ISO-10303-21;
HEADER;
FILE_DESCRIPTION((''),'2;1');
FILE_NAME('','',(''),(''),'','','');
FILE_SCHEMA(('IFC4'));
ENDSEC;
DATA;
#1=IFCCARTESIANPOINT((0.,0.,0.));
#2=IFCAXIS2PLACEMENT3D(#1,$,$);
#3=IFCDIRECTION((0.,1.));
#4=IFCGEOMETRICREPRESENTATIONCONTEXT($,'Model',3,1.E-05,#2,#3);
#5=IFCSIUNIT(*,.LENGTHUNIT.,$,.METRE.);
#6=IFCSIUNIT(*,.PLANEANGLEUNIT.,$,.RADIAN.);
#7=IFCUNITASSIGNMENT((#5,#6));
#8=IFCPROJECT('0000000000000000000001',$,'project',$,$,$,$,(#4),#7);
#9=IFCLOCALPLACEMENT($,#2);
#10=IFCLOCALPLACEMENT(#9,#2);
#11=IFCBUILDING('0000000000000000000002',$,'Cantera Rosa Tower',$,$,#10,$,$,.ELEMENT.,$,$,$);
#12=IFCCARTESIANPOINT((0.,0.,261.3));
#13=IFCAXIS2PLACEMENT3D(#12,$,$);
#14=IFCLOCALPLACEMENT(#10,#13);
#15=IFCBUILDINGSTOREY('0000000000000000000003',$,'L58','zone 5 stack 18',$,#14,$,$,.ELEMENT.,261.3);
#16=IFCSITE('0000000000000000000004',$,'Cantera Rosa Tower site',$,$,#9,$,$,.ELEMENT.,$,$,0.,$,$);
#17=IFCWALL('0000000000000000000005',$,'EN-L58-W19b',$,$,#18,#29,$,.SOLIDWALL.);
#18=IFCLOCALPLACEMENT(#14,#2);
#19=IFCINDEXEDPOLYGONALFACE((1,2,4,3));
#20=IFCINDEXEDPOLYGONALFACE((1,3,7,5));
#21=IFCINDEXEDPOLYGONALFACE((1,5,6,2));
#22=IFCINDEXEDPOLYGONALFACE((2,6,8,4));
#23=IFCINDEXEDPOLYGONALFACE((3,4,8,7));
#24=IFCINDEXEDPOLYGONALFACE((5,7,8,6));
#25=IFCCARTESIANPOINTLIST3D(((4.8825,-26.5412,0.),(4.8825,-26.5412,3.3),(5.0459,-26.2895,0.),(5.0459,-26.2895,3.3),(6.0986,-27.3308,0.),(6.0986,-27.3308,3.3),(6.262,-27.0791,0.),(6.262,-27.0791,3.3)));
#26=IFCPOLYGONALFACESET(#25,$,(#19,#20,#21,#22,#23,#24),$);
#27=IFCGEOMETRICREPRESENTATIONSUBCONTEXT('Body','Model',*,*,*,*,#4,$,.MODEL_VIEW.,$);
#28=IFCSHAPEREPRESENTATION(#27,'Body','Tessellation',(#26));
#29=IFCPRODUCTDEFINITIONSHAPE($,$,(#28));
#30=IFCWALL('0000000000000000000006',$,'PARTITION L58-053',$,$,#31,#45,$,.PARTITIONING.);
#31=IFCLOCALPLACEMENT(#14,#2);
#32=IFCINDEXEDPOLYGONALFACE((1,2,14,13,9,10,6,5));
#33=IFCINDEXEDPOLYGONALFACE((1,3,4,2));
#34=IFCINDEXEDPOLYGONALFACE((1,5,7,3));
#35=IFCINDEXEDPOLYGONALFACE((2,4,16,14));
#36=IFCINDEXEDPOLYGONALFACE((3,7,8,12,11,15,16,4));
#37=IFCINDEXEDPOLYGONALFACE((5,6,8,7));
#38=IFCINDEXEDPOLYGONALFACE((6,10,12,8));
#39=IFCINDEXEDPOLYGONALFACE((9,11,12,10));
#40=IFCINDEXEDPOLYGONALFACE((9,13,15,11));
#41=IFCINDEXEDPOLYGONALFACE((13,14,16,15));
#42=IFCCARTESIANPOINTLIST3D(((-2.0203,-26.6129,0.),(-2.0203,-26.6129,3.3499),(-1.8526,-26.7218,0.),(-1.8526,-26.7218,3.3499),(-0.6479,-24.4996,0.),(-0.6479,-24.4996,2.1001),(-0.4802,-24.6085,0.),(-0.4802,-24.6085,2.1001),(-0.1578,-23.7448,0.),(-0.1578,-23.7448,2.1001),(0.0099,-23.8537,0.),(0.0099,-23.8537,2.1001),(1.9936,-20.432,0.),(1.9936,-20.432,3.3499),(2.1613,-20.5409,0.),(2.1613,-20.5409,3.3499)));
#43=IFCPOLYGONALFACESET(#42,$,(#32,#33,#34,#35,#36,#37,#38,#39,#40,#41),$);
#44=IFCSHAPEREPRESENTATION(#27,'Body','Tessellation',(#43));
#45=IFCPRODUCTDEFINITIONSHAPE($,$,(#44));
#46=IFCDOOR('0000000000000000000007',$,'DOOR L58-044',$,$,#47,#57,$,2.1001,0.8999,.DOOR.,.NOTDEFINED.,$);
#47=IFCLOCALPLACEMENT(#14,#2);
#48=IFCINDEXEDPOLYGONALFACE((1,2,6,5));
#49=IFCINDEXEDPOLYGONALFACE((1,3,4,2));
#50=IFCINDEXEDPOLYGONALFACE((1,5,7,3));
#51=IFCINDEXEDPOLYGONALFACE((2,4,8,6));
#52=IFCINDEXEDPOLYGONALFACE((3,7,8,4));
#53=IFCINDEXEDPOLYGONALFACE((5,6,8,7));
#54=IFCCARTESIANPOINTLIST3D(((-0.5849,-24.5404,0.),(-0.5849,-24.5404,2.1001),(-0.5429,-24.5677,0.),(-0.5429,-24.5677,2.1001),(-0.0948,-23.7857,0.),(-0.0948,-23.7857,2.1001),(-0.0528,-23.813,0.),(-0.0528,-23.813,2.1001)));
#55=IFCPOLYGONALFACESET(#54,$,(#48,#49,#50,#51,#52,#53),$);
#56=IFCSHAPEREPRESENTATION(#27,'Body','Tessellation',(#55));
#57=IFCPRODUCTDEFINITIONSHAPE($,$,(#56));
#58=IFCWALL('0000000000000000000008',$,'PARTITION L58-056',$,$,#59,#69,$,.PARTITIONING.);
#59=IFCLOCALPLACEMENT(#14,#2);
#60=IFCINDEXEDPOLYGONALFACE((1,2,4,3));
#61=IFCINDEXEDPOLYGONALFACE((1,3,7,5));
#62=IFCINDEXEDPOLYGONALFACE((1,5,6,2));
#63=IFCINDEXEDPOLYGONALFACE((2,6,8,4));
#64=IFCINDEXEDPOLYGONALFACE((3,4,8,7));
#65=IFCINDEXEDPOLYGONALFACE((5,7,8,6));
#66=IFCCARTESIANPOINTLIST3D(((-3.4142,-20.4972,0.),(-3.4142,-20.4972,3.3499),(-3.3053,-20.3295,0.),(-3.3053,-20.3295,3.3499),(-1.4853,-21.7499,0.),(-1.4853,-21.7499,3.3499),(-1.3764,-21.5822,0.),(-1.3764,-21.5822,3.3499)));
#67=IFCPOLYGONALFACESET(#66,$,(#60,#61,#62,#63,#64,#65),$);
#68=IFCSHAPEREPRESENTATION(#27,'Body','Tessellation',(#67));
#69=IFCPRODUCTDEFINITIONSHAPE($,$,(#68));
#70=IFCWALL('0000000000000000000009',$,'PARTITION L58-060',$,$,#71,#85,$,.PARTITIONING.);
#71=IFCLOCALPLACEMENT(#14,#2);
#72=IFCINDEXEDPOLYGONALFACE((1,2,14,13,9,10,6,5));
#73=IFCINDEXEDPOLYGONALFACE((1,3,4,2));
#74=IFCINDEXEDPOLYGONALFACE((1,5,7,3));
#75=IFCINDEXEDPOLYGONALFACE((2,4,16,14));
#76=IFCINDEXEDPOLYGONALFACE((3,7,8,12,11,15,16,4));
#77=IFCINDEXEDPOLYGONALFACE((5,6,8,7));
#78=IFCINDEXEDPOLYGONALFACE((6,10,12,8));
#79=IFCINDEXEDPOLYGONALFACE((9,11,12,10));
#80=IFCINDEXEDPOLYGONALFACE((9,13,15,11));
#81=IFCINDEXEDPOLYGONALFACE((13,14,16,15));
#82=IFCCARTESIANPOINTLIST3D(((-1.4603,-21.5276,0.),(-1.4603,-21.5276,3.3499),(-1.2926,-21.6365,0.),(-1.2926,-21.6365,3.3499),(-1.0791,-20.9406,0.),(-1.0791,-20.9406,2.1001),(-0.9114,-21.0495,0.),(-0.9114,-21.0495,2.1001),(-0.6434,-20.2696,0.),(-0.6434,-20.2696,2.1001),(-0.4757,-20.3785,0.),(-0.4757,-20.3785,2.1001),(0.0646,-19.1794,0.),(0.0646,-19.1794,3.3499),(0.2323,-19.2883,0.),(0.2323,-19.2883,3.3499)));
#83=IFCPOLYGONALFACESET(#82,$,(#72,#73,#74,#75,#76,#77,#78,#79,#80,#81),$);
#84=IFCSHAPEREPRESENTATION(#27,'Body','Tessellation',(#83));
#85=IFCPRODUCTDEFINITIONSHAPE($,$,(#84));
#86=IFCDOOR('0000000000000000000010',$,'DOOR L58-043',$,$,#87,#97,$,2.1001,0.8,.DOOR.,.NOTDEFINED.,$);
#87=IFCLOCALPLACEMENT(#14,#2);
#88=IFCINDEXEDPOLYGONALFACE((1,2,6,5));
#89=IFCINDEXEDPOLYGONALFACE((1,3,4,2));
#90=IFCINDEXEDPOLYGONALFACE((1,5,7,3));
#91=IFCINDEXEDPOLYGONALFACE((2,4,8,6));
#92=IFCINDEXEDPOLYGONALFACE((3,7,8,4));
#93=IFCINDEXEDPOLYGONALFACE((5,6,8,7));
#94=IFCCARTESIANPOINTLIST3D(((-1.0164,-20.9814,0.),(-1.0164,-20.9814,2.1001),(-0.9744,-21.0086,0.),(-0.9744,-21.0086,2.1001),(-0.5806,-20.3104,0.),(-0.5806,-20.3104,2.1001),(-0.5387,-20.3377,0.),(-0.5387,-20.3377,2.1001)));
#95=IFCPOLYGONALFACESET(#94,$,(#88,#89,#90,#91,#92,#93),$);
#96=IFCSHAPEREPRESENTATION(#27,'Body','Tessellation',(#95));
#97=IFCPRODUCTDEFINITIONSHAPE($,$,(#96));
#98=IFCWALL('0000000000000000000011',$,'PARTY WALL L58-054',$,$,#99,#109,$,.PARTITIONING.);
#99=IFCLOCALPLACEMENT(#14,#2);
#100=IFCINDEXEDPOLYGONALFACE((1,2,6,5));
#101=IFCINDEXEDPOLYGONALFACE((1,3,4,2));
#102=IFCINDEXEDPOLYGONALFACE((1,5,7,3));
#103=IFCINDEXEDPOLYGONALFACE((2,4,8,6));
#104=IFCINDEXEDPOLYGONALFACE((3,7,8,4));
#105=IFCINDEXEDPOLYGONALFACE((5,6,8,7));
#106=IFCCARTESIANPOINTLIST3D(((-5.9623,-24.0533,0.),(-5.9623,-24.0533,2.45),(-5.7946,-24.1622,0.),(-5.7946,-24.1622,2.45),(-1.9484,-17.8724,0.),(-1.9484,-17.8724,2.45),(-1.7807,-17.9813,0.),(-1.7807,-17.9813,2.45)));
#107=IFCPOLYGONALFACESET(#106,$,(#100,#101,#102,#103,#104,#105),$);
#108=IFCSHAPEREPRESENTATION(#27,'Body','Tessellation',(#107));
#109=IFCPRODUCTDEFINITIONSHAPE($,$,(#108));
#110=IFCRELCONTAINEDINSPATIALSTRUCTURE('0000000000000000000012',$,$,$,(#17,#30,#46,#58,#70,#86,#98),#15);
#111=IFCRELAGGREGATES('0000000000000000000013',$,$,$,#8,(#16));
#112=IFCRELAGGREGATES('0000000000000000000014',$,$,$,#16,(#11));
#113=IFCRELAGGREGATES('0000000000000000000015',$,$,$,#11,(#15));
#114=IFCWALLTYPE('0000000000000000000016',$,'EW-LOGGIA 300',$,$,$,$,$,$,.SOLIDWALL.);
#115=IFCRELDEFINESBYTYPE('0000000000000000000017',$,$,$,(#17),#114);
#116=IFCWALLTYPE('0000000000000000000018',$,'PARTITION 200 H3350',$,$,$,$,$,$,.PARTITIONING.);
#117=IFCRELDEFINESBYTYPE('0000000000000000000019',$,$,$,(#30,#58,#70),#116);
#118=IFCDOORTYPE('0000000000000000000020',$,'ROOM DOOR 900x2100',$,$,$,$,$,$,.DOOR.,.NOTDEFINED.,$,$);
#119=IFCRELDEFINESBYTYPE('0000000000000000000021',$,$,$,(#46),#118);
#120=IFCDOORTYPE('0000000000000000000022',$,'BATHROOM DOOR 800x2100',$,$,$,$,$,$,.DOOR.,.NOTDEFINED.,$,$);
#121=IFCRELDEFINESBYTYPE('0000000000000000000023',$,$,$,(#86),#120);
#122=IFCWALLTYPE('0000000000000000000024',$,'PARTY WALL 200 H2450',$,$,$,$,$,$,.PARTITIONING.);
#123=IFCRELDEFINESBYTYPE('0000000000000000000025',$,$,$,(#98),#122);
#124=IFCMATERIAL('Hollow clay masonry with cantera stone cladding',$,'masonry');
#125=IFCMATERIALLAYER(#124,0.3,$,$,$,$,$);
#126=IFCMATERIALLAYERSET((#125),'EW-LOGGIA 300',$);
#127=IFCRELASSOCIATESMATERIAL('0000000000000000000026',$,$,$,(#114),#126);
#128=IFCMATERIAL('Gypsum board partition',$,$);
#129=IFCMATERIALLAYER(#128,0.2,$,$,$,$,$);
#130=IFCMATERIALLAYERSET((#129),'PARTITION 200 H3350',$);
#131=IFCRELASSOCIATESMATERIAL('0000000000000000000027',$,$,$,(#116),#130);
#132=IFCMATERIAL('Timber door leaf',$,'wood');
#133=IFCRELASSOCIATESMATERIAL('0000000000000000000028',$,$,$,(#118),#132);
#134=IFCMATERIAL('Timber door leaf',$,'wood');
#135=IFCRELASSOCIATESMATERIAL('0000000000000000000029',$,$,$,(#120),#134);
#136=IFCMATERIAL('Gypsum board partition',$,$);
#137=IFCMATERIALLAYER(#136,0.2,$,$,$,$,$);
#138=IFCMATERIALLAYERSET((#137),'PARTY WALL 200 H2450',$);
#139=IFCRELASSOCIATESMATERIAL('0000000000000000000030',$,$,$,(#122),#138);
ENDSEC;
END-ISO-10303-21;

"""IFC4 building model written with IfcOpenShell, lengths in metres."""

from ifc_helpers import new_model, si_unit, direction, frame, frame_2d, origin, place, context, subcontext, project, spatial, rectangle, extrude, material, layer, layer_set, type_object, element, fill, save


model = new_model("IFC4")

# Units and contexts
model_context = context("Model", 3, precision=1e-05, world=origin(), true_north=direction((0.0, 1.0)))
body_context = subcontext(model_context, "Body", "Model", "MODEL_VIEW")
ifc_project = project(units=[si_unit("LENGTHUNIT", "METRE"), si_unit("PLANEANGLEUNIT", "RADIAN")], contexts=[model_context])

# Site, building, storey
site_placement = place(None, origin())
site = spatial("IfcSite", under=ifc_project, at=site_placement, Name="Cantera Rosa Tower site", CompositionType="ELEMENT", RefElevation=0.0)
building_placement = place(site_placement, origin())
building = spatial("IfcBuilding", under=site, at=building_placement, Name="Cantera Rosa Tower", CompositionType="ELEMENT")
storey_placement = place(building_placement, frame((0.0, 0.0, 261.3)))
storey = spatial("IfcBuildingStorey", under=building, at=storey_placement, Name="L58", Description="zone 5 stack 18", CompositionType="ELEMENT", Elevation=261.3)

# Wall
ifc_material_1 = material(Name="Hollow clay masonry with cantera stone cladding", Category="masonry")
ifc_layer_1 = layer(ifc_material_1, 0.3)
ifc_layer_set_1 = layer_set([ifc_layer_1], Name="EW-LOGGIA 300")
wall_type_1 = type_object("IfcWallType", Name="EW-LOGGIA 300", PredefinedType="SOLIDWALL", material=ifc_layer_set_1)
wall_1_placement = place(storey_placement, frame((4.9641, -26.4153, 0.0), z_axis=(0.0, 0.0, 1.0), x_axis=(0.838724, -0.544556, 0.0)))
element("IfcWall", 1, at=wall_1_placement, inside=storey, type_object=wall_type_1, Name="EN-L58-W19b", PredefinedType="SOLIDWALL", context=body_context, shape_type="SweptSolid", body=[
    extrude(rectangle(XDim=1.45, YDim=0.3, at=frame_2d((0.7251, 0.0))), origin(), (0.0, 0.0, 1.0), 3.3),
])

# Wall, opening, door
ifc_material_2 = material(Name="Gypsum board partition")
ifc_layer_2 = layer(ifc_material_2, 0.2)
ifc_layer_set_2 = layer_set([ifc_layer_2], Name="PARTITION 200 H3350")
wall_type_2 = type_object("IfcWallType", Name="PARTITION 200 H3350", PredefinedType="PARTITIONING", material=ifc_layer_set_2)
wall_2_placement = place(storey_placement, frame((-1.9365, -26.6675, 0.0), z_axis=(0.0, 0.0, 1.0), x_axis=(0.544638, 0.838671, 0.0)))
wall_2 = element("IfcWall", 2, at=wall_2_placement, inside=storey, type_object=wall_type_2, Name="PARTITION L58-053", PredefinedType="PARTITIONING", context=body_context, shape_type="SweptSolid", body=[
    extrude(rectangle(XDim=7.3699, YDim=0.2, at=frame_2d((3.6851, 0.0))), origin(), (0.0, 0.0, 1.0), 3.3499),
])
opening_1_placement = place(wall_2_placement, frame((2.52, 0.0, 0.0)))
opening_1 = element("IfcOpeningElement", 3, at=opening_1_placement, cuts=wall_2, PredefinedType="OPENING", context=body_context, shape_type="SweptSolid", body=[
    extrude(rectangle(XDim=0.8999, YDim=2.1001, at=frame_2d((0.45, 1.05))), frame((0.0, 0.1099, 0.0), z_axis=(0.0, -1.0, 0.0), x_axis=(1.0, 0.0, 0.0)), (0.0, 0.0, 1.0), 0.22),
])
ifc_material_3 = material(Name="Timber door leaf", Category="wood")
door_type_1 = type_object("IfcDoorType", Name="ROOM DOOR 900x2100", OperationType="NOTDEFINED", PredefinedType="DOOR", material=ifc_material_3)
door_1_placement = place(opening_1_placement, origin())
door_1 = element("IfcDoor", 4, at=door_1_placement, inside=storey, type_object=door_type_1, Name="DOOR L58-044", OperationType="NOTDEFINED", OverallHeight=2.1001, OverallWidth=0.8999, PredefinedType="DOOR", context=body_context, shape_type="SweptSolid", body=[
    extrude(rectangle(XDim=0.8999, YDim=2.1001, at=frame_2d((0.45, 1.05))), frame((0.0, 0.0249, 0.0), z_axis=(0.0, -1.0, 0.0), x_axis=(1.0, 0.0, 0.0)), (0.0, 0.0, 1.0), 0.05),
])
fill(opening_1, door_1)

# Wall
wall_3_placement = place(storey_placement, frame((-1.4309, -21.666, 0.0), z_axis=(0.0, 0.0, 1.0), x_axis=(-0.838669, 0.544641, 0.0)))
element("IfcWall", 5, at=wall_3_placement, inside=storey, type_object=wall_type_2, Name="PARTITION L58-056", PredefinedType="PARTITIONING", context=body_context, shape_type="SweptSolid", body=[
    extrude(rectangle(XDim=2.3, YDim=0.2, at=frame_2d((1.1499, 0.0))), origin(), (0.0, 0.0, 1.0), 3.3499),
])

# Wall, opening, door
wall_4_placement = place(storey_placement, frame((0.1484, -19.2339, 0.0), z_axis=(0.0, 0.0, 1.0), x_axis=(-0.544639, -0.838671, 0.0)))
wall_4 = element("IfcWall", 6, at=wall_4_placement, inside=storey, type_object=wall_type_2, Name="PARTITION L58-060", PredefinedType="PARTITIONING", context=body_context, shape_type="SweptSolid", body=[
    extrude(rectangle(XDim=2.7998, YDim=0.2, at=frame_2d((1.3999, 0.0))), origin(), (0.0, 0.0, 1.0), 3.3499),
])
opening_2_placement = place(wall_4_placement, frame((1.3, 0.0, 0.0)))
opening_2 = element("IfcOpeningElement", 7, at=opening_2_placement, cuts=wall_4, PredefinedType="OPENING", context=body_context, shape_type="SweptSolid", body=[
    extrude(rectangle(XDim=0.8, YDim=2.1001, at=frame_2d((0.3999, 1.05))), frame((0.0, 0.1099, 0.0), z_axis=(0.0, -1.0, 0.0), x_axis=(1.0, 0.0, 0.0)), (0.0, 0.0, 1.0), 0.22),
])
ifc_material_4 = material(Name="Timber door leaf", Category="wood")
door_type_2 = type_object("IfcDoorType", Name="BATHROOM DOOR 800x2100", OperationType="NOTDEFINED", PredefinedType="DOOR", material=ifc_material_4)
door_2_placement = place(opening_2_placement, origin())
door_2 = element("IfcDoor", 8, at=door_2_placement, inside=storey, type_object=door_type_2, Name="DOOR L58-043", OperationType="NOTDEFINED", OverallHeight=2.1001, OverallWidth=0.8, PredefinedType="DOOR", context=body_context, shape_type="SweptSolid", body=[
    extrude(rectangle(XDim=0.8, YDim=2.1001, at=frame_2d((0.3999, 1.05))), frame((0.0, 0.0249, 0.0), z_axis=(0.0, -1.0, 0.0), x_axis=(1.0, 0.0, 0.0)), (0.0, 0.0, 1.0), 0.05),
])
fill(opening_2, door_2)

# Wall
ifc_material_5 = material(Name="Gypsum board partition")
ifc_layer_3 = layer(ifc_material_5, 0.2)
ifc_layer_set_3 = layer_set([ifc_layer_3], Name="PARTY WALL 200 H2450")
wall_type_3 = type_object("IfcWallType", Name="PARTY WALL 200 H2450", PredefinedType="PARTITIONING", material=ifc_layer_set_3)
wall_5_placement = place(storey_placement, frame((-1.8645, -17.9268, 0.0), z_axis=(0.0, 0.0, 1.0), x_axis=(-0.544638, -0.838671, 0.0)))
element("IfcWall", 9, at=wall_5_placement, inside=storey, type_object=wall_type_3, Name="PARTY WALL L58-054", PredefinedType="PARTITIONING", context=body_context, shape_type="SweptSolid", body=[
    extrude(rectangle(XDim=7.3699, YDim=0.2, at=frame_2d((3.6851, 0.0))), origin(), (0.0, 0.0, 1.0), 2.45),
])

save(model, "model.ifc")
